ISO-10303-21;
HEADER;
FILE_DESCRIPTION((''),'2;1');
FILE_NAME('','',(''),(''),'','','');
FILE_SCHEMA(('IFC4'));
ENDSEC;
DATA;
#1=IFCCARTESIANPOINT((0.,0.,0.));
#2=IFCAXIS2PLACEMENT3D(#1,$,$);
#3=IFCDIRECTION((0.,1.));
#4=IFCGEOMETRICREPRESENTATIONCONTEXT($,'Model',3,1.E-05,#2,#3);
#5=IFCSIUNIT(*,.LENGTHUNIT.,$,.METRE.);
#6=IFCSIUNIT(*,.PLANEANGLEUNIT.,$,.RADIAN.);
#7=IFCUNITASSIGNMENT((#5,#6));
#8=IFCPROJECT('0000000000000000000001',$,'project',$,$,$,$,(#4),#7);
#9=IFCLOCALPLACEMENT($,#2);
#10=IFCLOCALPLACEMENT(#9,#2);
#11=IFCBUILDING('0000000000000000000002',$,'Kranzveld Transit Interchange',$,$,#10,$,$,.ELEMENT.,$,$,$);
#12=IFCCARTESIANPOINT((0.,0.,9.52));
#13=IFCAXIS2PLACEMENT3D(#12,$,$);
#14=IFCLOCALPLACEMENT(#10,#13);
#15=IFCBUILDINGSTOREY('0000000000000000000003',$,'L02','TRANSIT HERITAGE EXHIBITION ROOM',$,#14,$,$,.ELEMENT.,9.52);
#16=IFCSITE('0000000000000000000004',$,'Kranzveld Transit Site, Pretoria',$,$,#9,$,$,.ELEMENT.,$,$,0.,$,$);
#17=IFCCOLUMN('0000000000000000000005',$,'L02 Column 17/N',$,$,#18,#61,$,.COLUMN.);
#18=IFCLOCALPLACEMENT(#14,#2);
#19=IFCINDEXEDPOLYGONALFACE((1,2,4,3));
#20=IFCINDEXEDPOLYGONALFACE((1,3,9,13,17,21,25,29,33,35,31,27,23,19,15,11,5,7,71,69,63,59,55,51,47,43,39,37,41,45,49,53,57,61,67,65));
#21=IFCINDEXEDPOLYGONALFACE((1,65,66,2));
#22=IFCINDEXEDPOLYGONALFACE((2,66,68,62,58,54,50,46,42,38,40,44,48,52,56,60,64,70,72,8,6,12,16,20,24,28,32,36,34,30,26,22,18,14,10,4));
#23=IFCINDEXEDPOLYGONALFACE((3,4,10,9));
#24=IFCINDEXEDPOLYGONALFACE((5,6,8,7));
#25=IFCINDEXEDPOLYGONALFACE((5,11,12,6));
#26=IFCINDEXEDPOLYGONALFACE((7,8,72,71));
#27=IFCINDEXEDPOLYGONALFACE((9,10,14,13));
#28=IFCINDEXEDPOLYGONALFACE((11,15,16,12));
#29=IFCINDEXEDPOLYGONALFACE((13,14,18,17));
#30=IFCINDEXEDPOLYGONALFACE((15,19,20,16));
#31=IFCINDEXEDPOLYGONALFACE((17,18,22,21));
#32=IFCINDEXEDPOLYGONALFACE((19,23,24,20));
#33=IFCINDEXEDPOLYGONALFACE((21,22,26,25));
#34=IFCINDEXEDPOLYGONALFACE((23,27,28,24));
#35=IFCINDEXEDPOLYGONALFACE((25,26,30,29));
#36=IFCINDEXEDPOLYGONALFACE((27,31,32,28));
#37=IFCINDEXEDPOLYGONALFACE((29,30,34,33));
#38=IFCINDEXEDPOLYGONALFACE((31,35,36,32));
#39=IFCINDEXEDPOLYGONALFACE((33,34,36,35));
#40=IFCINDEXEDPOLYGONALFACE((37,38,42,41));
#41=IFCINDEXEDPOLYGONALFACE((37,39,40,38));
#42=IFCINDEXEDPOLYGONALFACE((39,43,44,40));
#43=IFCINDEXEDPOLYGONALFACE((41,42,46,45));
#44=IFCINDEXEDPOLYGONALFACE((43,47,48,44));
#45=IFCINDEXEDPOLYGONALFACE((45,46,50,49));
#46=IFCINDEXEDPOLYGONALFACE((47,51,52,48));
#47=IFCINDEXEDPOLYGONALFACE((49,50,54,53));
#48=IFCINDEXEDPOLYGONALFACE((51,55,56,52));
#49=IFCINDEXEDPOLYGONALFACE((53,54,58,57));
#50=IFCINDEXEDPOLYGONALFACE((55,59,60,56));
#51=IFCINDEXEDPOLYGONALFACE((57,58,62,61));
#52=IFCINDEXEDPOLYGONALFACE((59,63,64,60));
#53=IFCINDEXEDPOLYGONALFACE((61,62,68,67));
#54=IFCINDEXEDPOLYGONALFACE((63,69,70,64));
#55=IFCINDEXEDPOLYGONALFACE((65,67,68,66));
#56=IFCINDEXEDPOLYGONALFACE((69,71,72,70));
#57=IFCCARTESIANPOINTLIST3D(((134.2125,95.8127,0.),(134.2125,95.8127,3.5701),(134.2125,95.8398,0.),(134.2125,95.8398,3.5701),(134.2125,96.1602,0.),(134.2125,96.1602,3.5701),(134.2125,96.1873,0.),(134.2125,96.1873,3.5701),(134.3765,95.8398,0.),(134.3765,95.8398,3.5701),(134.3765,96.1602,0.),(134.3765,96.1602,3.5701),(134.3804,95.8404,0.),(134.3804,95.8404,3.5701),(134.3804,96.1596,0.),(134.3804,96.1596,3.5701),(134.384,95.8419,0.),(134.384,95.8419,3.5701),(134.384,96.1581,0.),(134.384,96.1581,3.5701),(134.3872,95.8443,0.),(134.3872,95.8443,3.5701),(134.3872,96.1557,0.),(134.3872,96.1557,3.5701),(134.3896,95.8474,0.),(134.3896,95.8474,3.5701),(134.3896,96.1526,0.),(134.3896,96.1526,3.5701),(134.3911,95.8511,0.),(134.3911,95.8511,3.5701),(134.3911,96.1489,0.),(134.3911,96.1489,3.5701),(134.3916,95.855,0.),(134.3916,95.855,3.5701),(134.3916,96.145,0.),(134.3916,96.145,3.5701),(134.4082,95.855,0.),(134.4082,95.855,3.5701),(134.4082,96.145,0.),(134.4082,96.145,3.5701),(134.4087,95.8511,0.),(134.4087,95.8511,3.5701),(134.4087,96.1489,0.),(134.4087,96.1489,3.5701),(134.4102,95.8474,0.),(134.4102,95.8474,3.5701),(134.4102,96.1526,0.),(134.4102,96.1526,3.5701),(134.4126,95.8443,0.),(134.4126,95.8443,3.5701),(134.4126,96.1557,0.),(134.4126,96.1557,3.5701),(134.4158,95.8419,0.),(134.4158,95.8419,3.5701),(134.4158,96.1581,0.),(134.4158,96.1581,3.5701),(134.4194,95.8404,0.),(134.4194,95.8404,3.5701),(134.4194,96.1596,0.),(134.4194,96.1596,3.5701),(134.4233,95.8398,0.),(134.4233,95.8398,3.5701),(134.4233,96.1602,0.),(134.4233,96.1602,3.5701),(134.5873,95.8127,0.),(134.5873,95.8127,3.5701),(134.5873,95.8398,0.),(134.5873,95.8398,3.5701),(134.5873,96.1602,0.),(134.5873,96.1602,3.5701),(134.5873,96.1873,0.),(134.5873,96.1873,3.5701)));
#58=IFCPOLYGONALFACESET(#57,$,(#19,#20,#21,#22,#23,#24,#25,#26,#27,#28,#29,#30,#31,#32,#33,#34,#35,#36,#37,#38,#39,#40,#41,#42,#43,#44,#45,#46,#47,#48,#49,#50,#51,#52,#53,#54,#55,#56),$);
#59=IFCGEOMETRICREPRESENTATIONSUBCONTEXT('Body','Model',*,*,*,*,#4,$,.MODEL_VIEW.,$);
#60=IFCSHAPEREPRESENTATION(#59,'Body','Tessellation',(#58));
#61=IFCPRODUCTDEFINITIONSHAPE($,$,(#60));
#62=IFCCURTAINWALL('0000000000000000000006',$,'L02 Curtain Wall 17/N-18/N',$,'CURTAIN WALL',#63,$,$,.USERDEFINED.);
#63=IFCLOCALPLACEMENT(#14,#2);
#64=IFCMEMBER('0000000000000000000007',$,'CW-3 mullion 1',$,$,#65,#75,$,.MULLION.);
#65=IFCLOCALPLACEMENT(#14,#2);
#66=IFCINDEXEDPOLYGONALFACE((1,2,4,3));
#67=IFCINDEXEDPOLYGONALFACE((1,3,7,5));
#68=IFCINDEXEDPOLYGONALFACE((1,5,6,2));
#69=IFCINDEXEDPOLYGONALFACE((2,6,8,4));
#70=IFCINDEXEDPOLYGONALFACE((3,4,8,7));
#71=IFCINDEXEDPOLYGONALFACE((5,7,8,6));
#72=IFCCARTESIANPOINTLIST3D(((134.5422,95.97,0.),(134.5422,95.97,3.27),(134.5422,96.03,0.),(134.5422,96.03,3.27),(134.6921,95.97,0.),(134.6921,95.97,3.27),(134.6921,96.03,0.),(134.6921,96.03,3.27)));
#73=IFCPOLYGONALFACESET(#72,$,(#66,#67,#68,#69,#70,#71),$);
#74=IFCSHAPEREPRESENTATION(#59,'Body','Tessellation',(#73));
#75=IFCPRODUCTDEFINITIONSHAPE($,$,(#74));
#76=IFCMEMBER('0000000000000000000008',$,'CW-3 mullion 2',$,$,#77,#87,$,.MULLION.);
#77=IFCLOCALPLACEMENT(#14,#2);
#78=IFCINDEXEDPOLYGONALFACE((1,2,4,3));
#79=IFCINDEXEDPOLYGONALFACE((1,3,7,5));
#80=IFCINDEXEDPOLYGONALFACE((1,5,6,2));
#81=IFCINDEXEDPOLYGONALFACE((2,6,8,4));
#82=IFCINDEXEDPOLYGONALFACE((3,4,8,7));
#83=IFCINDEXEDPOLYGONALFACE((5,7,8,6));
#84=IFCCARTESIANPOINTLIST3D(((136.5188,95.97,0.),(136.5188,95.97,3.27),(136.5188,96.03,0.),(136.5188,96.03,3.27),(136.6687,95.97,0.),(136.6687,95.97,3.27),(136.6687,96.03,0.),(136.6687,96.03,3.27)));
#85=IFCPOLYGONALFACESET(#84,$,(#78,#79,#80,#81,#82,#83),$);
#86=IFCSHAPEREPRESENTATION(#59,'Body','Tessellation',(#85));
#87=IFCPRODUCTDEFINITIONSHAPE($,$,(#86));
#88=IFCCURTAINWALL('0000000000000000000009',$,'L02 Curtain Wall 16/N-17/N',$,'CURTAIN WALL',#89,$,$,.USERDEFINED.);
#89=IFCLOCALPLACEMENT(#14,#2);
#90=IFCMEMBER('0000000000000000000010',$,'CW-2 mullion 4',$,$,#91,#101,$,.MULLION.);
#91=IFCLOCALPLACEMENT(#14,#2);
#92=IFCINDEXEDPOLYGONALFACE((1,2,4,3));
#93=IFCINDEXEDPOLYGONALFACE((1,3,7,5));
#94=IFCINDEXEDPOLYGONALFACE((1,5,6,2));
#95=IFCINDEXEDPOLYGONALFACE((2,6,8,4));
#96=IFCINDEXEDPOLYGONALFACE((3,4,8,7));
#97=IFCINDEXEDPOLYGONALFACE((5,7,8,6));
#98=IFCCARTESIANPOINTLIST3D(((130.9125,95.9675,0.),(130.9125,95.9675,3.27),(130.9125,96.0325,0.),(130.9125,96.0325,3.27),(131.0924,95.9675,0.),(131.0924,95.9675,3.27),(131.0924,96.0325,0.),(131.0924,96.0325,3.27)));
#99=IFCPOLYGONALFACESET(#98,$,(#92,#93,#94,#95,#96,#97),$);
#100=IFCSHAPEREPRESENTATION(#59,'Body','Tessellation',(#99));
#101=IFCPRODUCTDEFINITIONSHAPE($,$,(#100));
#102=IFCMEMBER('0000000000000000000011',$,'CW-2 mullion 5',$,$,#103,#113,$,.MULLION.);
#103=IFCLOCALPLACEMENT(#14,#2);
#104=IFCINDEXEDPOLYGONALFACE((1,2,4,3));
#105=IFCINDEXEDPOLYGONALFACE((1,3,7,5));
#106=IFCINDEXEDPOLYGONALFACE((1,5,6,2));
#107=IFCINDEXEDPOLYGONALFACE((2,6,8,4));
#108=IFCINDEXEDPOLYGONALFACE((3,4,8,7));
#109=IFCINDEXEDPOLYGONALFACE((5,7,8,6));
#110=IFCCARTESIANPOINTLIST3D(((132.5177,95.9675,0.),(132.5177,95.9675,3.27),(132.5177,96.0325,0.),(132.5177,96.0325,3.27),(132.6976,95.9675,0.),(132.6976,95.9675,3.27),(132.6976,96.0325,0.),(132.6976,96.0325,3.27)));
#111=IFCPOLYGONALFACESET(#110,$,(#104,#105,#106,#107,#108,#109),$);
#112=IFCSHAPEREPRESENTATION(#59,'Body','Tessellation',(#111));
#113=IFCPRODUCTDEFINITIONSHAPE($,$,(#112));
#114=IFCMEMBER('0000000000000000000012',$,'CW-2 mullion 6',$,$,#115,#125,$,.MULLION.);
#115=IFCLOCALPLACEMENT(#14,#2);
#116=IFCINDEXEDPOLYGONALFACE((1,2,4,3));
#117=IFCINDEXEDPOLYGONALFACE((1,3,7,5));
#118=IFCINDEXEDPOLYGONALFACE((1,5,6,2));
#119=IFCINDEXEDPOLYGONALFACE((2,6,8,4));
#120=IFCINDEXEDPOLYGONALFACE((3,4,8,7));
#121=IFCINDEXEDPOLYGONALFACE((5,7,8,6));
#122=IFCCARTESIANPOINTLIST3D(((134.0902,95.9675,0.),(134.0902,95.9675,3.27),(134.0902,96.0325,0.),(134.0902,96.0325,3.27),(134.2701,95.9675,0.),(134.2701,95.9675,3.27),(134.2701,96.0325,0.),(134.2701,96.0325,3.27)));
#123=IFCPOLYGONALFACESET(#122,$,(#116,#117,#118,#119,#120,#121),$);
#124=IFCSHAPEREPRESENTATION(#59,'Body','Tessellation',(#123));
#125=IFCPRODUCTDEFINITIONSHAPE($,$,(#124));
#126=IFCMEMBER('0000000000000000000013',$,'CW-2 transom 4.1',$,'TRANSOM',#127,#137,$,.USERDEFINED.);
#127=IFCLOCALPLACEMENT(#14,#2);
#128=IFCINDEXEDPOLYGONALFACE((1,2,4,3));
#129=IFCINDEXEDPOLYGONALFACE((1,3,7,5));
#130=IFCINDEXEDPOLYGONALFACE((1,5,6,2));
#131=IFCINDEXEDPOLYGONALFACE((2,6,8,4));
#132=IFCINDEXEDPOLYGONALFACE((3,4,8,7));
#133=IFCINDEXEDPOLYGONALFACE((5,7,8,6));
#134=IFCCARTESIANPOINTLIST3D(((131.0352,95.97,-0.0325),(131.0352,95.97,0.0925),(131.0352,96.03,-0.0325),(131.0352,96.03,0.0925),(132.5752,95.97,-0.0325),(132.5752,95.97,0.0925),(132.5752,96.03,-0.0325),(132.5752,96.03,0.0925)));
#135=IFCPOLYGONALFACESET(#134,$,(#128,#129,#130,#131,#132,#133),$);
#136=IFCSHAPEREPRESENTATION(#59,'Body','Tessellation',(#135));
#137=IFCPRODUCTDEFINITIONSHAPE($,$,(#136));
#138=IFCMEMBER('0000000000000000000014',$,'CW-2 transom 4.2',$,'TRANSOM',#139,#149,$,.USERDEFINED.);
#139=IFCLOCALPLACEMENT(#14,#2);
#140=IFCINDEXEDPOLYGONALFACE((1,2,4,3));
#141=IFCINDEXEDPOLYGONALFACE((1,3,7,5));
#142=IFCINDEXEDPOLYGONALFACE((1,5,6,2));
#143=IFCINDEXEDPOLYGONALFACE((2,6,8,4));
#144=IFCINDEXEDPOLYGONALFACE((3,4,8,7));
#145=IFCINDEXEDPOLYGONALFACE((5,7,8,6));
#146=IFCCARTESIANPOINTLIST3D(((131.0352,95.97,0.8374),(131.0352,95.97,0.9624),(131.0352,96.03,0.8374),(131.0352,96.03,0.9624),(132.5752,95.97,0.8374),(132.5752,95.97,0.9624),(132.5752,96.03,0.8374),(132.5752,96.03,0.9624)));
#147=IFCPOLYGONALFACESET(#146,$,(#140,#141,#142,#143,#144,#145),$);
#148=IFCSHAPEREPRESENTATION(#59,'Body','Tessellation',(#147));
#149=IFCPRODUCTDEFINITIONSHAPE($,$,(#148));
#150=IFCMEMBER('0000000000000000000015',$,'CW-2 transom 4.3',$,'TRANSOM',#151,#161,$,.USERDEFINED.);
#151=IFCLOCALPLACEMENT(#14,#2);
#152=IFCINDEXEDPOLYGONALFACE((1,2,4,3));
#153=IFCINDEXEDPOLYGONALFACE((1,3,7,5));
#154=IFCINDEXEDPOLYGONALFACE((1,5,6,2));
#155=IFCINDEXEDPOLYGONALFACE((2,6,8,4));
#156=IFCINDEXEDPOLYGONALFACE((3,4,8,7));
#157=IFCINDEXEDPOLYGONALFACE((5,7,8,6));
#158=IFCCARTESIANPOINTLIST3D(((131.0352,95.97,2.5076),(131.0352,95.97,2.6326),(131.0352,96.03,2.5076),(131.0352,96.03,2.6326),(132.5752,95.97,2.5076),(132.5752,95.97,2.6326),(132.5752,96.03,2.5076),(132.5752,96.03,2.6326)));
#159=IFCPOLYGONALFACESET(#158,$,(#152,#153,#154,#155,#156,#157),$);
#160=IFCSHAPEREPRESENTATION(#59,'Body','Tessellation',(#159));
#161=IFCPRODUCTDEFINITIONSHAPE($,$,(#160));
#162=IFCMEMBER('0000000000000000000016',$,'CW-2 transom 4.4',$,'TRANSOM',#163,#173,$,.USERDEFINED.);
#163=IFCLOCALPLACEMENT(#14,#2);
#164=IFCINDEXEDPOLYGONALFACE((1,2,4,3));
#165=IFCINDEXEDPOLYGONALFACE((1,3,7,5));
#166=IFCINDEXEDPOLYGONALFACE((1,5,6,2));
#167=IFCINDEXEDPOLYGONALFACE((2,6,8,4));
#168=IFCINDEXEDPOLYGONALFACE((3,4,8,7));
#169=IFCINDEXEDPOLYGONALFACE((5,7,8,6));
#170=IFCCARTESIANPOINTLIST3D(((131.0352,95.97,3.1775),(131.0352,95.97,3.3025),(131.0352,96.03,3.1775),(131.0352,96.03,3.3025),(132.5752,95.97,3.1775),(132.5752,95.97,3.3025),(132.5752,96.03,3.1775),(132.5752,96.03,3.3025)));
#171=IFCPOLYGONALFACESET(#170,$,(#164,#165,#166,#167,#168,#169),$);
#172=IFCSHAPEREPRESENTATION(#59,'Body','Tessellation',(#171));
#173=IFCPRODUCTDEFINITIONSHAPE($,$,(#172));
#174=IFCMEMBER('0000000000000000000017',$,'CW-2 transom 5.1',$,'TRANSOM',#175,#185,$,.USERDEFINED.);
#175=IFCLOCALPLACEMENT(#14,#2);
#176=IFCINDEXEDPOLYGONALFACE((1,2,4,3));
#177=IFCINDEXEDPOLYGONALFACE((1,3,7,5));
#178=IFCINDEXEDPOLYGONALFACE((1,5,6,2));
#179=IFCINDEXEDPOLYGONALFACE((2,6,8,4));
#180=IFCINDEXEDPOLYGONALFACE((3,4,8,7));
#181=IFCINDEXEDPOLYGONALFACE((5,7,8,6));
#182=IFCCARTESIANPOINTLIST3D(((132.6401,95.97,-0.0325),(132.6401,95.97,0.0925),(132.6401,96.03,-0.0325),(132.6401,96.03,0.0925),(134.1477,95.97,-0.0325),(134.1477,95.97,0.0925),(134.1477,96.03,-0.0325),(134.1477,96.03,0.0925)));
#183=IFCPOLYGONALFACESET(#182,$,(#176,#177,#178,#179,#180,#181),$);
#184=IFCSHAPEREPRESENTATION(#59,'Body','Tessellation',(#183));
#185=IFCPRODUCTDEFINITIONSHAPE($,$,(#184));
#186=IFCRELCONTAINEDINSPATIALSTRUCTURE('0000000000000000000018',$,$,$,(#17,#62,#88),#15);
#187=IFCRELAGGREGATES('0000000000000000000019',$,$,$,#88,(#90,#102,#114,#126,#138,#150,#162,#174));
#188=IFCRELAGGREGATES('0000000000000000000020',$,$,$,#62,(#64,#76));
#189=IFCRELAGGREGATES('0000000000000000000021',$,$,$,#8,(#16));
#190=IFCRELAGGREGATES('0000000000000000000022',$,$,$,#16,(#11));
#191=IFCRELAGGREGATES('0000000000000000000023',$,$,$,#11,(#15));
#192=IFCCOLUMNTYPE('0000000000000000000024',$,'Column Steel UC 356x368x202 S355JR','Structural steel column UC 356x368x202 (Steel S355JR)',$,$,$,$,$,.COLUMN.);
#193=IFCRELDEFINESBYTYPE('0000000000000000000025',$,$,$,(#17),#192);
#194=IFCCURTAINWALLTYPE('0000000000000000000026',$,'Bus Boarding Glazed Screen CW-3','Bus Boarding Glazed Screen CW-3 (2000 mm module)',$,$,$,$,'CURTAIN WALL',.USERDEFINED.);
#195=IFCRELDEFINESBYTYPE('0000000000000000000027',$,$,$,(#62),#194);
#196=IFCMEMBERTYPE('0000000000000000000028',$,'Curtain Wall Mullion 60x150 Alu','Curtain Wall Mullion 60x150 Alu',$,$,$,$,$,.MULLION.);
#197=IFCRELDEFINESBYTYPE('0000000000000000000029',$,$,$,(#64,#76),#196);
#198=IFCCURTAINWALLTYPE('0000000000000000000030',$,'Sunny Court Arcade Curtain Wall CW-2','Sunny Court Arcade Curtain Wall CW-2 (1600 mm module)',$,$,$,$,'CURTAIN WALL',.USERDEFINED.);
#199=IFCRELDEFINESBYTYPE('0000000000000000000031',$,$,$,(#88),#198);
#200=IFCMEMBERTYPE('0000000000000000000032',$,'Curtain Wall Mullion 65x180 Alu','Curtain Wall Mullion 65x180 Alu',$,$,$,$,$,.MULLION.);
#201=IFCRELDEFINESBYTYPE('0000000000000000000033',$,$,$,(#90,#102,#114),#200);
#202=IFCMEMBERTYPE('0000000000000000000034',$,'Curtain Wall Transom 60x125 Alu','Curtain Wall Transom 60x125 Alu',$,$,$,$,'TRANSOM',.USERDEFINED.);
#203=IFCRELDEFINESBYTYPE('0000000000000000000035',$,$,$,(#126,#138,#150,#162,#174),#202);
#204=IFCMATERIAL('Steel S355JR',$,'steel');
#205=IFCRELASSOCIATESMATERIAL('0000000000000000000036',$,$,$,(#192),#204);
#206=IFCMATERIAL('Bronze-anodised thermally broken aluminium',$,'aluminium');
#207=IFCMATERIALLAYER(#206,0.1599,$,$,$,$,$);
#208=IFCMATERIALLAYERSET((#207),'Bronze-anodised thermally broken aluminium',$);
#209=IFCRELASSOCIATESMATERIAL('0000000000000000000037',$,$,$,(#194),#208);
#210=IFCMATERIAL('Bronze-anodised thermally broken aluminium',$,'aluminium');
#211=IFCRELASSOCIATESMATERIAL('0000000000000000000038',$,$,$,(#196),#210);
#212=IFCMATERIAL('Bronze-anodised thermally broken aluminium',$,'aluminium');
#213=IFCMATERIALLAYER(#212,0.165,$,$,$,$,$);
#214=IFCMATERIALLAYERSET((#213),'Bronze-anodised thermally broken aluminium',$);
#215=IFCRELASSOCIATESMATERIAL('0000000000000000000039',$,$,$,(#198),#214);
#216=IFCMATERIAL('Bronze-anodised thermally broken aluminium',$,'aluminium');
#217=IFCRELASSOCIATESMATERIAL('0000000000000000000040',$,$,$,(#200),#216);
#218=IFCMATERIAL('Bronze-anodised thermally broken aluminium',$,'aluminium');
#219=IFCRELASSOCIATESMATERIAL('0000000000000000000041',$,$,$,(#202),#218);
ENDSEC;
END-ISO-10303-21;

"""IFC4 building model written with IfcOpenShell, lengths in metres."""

from ifc_helpers import new_model, si_unit, direction, frame, origin, origin_2d, place, context, subcontext, project, spatial, rectangle, i_section, extrude, material, layer, layer_set, material_profile, profile_set, type_object, element, aggregate, save


model = new_model("IFC4")

# Units and contexts
model_context = context("Model", 3, precision=1e-05, world=origin(), true_north=direction((0.0, 1.0)))
body_context = subcontext(model_context, "Body", "Model", "MODEL_VIEW")
ifc_project = project(units=[si_unit("LENGTHUNIT", "METRE"), si_unit("PLANEANGLEUNIT", "RADIAN")], contexts=[model_context])

# Site, building, storey
site_placement = place(None, origin())
site = spatial("IfcSite", under=ifc_project, at=site_placement, Name="Kranzveld Transit Site, Pretoria", CompositionType="ELEMENT", RefElevation=0.0)
building_placement = place(site_placement, origin())
building = spatial("IfcBuilding", under=site, at=building_placement, Name="Kranzveld Transit Interchange", CompositionType="ELEMENT")
storey_placement = place(building_placement, frame((0.0, 0.0, 9.52)))
storey = spatial("IfcBuildingStorey", under=building, at=storey_placement, Name="L02", Description="TRANSIT HERITAGE EXHIBITION ROOM", CompositionType="ELEMENT", Elevation=9.52)

# Column
ifc_material_1 = material(Name="Steel S355JR", Category="steel")
ifc_material_profile_1 = material_profile(ifc_material_1, i_section(OverallWidth=0.3748, OverallDepth=0.3745, WebThickness=0.0166, FlangeThickness=0.0271, FilletRadius=0.0151, at=origin_2d()), Name="UC 356x368x202")
ifc_profile_set_1 = profile_set([ifc_material_profile_1], Name="Steel S355JR")
column_type = type_object("IfcColumnType", Name="Column Steel UC 356x368x202 S355JR", Description="Structural steel column UC 356x368x202 (Steel S355JR)", PredefinedType="COLUMN", material=ifc_profile_set_1)
column_placement = place(storey_placement, frame((134.3999, 96.0, 0.0), z_axis=(0.0, 0.0, 1.0), x_axis=(1.0, 0.0, 0.0)))
element("IfcColumn", 1, at=column_placement, inside=storey, type_object=column_type, Name="L02 Column 17/N", PredefinedType="COLUMN", context=body_context, shape_type="SweptSolid", body=[
    extrude(i_section(OverallWidth=0.3748, OverallDepth=0.3745, WebThickness=0.0166, FlangeThickness=0.0271, FilletRadius=0.0151, at=origin_2d()), origin(), (0.0, 0.0, 1.0), 3.5701),
])

# Curtain walls, members
ifc_material_2 = material(Name="Bronze-anodised thermally broken aluminium", Category="aluminium")
ifc_layer_1 = layer(ifc_material_2, 0.1599)
ifc_layer_set_1 = layer_set([ifc_layer_1], Name="Bronze-anodised thermally broken aluminium")
curtain_wall_type_1 = type_object("IfcCurtainWallType", Name="Bus Boarding Glazed Screen CW-3", Description="Bus Boarding Glazed Screen CW-3 (2000 mm module)", ElementType="CURTAIN WALL", PredefinedType="USERDEFINED", material=ifc_layer_set_1)
curtain_wall_1_placement = place(storey_placement, origin())
curtain_wall_1 = element("IfcCurtainWall", 2, at=curtain_wall_1_placement, inside=storey, type_object=curtain_wall_type_1, Name="L02 Curtain Wall 17/N-18/N", ObjectType="CURTAIN WALL", PredefinedType="USERDEFINED")
ifc_material_3 = material(Name="Bronze-anodised thermally broken aluminium", Category="aluminium")
ifc_material_profile_2 = material_profile(ifc_material_3, rectangle(XDim=0.0601, YDim=0.1499, at=origin_2d()), Name="ALU MULLION 60x150")
ifc_profile_set_2 = profile_set([ifc_material_profile_2], Name="Bronze-anodised thermally broken aluminium")
member_type_1 = type_object("IfcMemberType", Name="Curtain Wall Mullion 60x150 Alu", Description="Curtain Wall Mullion 60x150 Alu", PredefinedType="MULLION", material=ifc_profile_set_2)
member_1_placement = place(storey_placement, frame((134.6172, 96.0, 0.0), z_axis=(0.0, 0.0, 1.0), x_axis=(0.0, 1.0, 0.0)))
member_1 = element("IfcMember", 3, at=member_1_placement, type_object=member_type_1, Name="CW-3 mullion 1", PredefinedType="MULLION", context=body_context, shape_type="SweptSolid", body=[
    extrude(rectangle(XDim=0.0601, YDim=0.1499, at=origin_2d()), origin(), (0.0, 0.0, 1.0), 3.27),
])
member_2_placement = place(storey_placement, frame((136.5938, 96.0, 0.0), z_axis=(0.0, 0.0, 1.0), x_axis=(0.0, 1.0, 0.0)))
member_2 = element("IfcMember", 4, at=member_2_placement, type_object=member_type_1, Name="CW-3 mullion 2", PredefinedType="MULLION", context=body_context, shape_type="SweptSolid", body=[
    extrude(rectangle(XDim=0.0601, YDim=0.1499, at=origin_2d()), origin(), (0.0, 0.0, 1.0), 3.27),
])
ifc_material_4 = material(Name="Bronze-anodised thermally broken aluminium", Category="aluminium")
ifc_layer_2 = layer(ifc_material_4, 0.165)
ifc_layer_set_2 = layer_set([ifc_layer_2], Name="Bronze-anodised thermally broken aluminium")
curtain_wall_type_2 = type_object("IfcCurtainWallType", Name="Sunny Court Arcade Curtain Wall CW-2", Description="Sunny Court Arcade Curtain Wall CW-2 (1600 mm module)", ElementType="CURTAIN WALL", PredefinedType="USERDEFINED", material=ifc_layer_set_2)
curtain_wall_2_placement = place(storey_placement, origin())
curtain_wall_2 = element("IfcCurtainWall", 5, at=curtain_wall_2_placement, inside=storey, type_object=curtain_wall_type_2, Name="L02 Curtain Wall 16/N-17/N", ObjectType="CURTAIN WALL", PredefinedType="USERDEFINED")
ifc_material_5 = material(Name="Bronze-anodised thermally broken aluminium", Category="aluminium")
ifc_material_profile_3 = material_profile(ifc_material_5, rectangle(XDim=0.0649, YDim=0.1799, at=origin_2d()), Name="ALU MULLION 65x180")
ifc_profile_set_3 = profile_set([ifc_material_profile_3], Name="Bronze-anodised thermally broken aluminium")
member_type_2 = type_object("IfcMemberType", Name="Curtain Wall Mullion 65x180 Alu", Description="Curtain Wall Mullion 65x180 Alu", PredefinedType="MULLION", material=ifc_profile_set_3)
member_3_placement = place(storey_placement, frame((131.0024, 96.0, 0.0), z_axis=(0.0, 0.0, 1.0), x_axis=(0.0, 1.0, 0.0)))
member_3 = element("IfcMember", 6, at=member_3_placement, type_object=member_type_2, Name="CW-2 mullion 4", PredefinedType="MULLION", context=body_context, shape_type="SweptSolid", body=[
    extrude(rectangle(XDim=0.0649, YDim=0.1799, at=origin_2d()), origin(), (0.0, 0.0, 1.0), 3.27),
])
member_4_placement = place(storey_placement, frame((132.6077, 96.0, 0.0), z_axis=(0.0, 0.0, 1.0), x_axis=(0.0, 1.0, 0.0)))
member_4 = element("IfcMember", 7, at=member_4_placement, type_object=member_type_2, Name="CW-2 mullion 5", PredefinedType="MULLION", context=body_context, shape_type="SweptSolid", body=[
    extrude(rectangle(XDim=0.0649, YDim=0.1799, at=origin_2d()), origin(), (0.0, 0.0, 1.0), 3.27),
])
member_5_placement = place(storey_placement, frame((134.1802, 96.0, 0.0), z_axis=(0.0, 0.0, 1.0), x_axis=(0.0, 1.0, 0.0)))
member_5 = element("IfcMember", 8, at=member_5_placement, type_object=member_type_2, Name="CW-2 mullion 6", PredefinedType="MULLION", context=body_context, shape_type="SweptSolid", body=[
    extrude(rectangle(XDim=0.0649, YDim=0.1799, at=origin_2d()), origin(), (0.0, 0.0, 1.0), 3.27),
])
ifc_material_6 = material(Name="Bronze-anodised thermally broken aluminium", Category="aluminium")
ifc_material_profile_4 = material_profile(ifc_material_6, rectangle(XDim=0.0601, YDim=0.125, at=origin_2d()), Name="ALU TRANSOM 60x125")
ifc_profile_set_4 = profile_set([ifc_material_profile_4], Name="Bronze-anodised thermally broken aluminium")
member_type_3 = type_object("IfcMemberType", Name="Curtain Wall Transom 60x125 Alu", Description="Curtain Wall Transom 60x125 Alu", ElementType="TRANSOM", PredefinedType="USERDEFINED", material=ifc_profile_set_4)
member_6_placement = place(storey_placement, frame((131.0352, 96.0, 0.03), z_axis=(1.0, 0.0, 0.0), x_axis=(0.0, 1.0, 0.0)))
member_6 = element("IfcMember", 9, at=member_6_placement, type_object=member_type_3, Name="CW-2 transom 4.1", ObjectType="TRANSOM", PredefinedType="USERDEFINED", context=body_context, shape_type="SweptSolid", body=[
    extrude(rectangle(XDim=0.0601, YDim=0.125, at=origin_2d()), origin(), (0.0, 0.0, 1.0), 1.54),
])
member_7_placement = place(storey_placement, frame((131.0352, 96.0, 0.8999), z_axis=(1.0, 0.0, 0.0), x_axis=(0.0, 1.0, 0.0)))
member_7 = element("IfcMember", 10, at=member_7_placement, type_object=member_type_3, Name="CW-2 transom 4.2", ObjectType="TRANSOM", PredefinedType="USERDEFINED", context=body_context, shape_type="SweptSolid", body=[
    extrude(rectangle(XDim=0.0601, YDim=0.125, at=origin_2d()), origin(), (0.0, 0.0, 1.0), 1.54),
])
member_8_placement = place(storey_placement, frame((131.0352, 96.0, 2.5701), z_axis=(1.0, 0.0, 0.0), x_axis=(0.0, 1.0, 0.0)))
member_8 = element("IfcMember", 11, at=member_8_placement, type_object=member_type_3, Name="CW-2 transom 4.3", ObjectType="TRANSOM", PredefinedType="USERDEFINED", context=body_context, shape_type="SweptSolid", body=[
    extrude(rectangle(XDim=0.0601, YDim=0.125, at=origin_2d()), origin(), (0.0, 0.0, 1.0), 1.54),
])
member_9_placement = place(storey_placement, frame((131.0352, 96.0, 3.24), z_axis=(1.0, 0.0, 0.0), x_axis=(0.0, 1.0, 0.0)))
member_9 = element("IfcMember", 12, at=member_9_placement, type_object=member_type_3, Name="CW-2 transom 4.4", ObjectType="TRANSOM", PredefinedType="USERDEFINED", context=body_context, shape_type="SweptSolid", body=[
    extrude(rectangle(XDim=0.0601, YDim=0.125, at=origin_2d()), origin(), (0.0, 0.0, 1.0), 1.54),
])
member_10_placement = place(storey_placement, frame((132.6401, 96.0, 0.03), z_axis=(1.0, 0.0, 0.0), x_axis=(0.0, 1.0, 0.0)))
member_10 = element("IfcMember", 13, at=member_10_placement, type_object=member_type_3, Name="CW-2 transom 5.1", ObjectType="TRANSOM", PredefinedType="USERDEFINED", context=body_context, shape_type="SweptSolid", body=[
    extrude(rectangle(XDim=0.0601, YDim=0.125, at=origin_2d()), origin(), (0.0, 0.0, 1.0), 1.5076),
])

aggregate(curtain_wall_2, [member_3, member_4, member_5, member_6, member_7, member_8, member_9, member_10])
aggregate(curtain_wall_1, [member_1, member_2])

save(model, "model.ifc")
